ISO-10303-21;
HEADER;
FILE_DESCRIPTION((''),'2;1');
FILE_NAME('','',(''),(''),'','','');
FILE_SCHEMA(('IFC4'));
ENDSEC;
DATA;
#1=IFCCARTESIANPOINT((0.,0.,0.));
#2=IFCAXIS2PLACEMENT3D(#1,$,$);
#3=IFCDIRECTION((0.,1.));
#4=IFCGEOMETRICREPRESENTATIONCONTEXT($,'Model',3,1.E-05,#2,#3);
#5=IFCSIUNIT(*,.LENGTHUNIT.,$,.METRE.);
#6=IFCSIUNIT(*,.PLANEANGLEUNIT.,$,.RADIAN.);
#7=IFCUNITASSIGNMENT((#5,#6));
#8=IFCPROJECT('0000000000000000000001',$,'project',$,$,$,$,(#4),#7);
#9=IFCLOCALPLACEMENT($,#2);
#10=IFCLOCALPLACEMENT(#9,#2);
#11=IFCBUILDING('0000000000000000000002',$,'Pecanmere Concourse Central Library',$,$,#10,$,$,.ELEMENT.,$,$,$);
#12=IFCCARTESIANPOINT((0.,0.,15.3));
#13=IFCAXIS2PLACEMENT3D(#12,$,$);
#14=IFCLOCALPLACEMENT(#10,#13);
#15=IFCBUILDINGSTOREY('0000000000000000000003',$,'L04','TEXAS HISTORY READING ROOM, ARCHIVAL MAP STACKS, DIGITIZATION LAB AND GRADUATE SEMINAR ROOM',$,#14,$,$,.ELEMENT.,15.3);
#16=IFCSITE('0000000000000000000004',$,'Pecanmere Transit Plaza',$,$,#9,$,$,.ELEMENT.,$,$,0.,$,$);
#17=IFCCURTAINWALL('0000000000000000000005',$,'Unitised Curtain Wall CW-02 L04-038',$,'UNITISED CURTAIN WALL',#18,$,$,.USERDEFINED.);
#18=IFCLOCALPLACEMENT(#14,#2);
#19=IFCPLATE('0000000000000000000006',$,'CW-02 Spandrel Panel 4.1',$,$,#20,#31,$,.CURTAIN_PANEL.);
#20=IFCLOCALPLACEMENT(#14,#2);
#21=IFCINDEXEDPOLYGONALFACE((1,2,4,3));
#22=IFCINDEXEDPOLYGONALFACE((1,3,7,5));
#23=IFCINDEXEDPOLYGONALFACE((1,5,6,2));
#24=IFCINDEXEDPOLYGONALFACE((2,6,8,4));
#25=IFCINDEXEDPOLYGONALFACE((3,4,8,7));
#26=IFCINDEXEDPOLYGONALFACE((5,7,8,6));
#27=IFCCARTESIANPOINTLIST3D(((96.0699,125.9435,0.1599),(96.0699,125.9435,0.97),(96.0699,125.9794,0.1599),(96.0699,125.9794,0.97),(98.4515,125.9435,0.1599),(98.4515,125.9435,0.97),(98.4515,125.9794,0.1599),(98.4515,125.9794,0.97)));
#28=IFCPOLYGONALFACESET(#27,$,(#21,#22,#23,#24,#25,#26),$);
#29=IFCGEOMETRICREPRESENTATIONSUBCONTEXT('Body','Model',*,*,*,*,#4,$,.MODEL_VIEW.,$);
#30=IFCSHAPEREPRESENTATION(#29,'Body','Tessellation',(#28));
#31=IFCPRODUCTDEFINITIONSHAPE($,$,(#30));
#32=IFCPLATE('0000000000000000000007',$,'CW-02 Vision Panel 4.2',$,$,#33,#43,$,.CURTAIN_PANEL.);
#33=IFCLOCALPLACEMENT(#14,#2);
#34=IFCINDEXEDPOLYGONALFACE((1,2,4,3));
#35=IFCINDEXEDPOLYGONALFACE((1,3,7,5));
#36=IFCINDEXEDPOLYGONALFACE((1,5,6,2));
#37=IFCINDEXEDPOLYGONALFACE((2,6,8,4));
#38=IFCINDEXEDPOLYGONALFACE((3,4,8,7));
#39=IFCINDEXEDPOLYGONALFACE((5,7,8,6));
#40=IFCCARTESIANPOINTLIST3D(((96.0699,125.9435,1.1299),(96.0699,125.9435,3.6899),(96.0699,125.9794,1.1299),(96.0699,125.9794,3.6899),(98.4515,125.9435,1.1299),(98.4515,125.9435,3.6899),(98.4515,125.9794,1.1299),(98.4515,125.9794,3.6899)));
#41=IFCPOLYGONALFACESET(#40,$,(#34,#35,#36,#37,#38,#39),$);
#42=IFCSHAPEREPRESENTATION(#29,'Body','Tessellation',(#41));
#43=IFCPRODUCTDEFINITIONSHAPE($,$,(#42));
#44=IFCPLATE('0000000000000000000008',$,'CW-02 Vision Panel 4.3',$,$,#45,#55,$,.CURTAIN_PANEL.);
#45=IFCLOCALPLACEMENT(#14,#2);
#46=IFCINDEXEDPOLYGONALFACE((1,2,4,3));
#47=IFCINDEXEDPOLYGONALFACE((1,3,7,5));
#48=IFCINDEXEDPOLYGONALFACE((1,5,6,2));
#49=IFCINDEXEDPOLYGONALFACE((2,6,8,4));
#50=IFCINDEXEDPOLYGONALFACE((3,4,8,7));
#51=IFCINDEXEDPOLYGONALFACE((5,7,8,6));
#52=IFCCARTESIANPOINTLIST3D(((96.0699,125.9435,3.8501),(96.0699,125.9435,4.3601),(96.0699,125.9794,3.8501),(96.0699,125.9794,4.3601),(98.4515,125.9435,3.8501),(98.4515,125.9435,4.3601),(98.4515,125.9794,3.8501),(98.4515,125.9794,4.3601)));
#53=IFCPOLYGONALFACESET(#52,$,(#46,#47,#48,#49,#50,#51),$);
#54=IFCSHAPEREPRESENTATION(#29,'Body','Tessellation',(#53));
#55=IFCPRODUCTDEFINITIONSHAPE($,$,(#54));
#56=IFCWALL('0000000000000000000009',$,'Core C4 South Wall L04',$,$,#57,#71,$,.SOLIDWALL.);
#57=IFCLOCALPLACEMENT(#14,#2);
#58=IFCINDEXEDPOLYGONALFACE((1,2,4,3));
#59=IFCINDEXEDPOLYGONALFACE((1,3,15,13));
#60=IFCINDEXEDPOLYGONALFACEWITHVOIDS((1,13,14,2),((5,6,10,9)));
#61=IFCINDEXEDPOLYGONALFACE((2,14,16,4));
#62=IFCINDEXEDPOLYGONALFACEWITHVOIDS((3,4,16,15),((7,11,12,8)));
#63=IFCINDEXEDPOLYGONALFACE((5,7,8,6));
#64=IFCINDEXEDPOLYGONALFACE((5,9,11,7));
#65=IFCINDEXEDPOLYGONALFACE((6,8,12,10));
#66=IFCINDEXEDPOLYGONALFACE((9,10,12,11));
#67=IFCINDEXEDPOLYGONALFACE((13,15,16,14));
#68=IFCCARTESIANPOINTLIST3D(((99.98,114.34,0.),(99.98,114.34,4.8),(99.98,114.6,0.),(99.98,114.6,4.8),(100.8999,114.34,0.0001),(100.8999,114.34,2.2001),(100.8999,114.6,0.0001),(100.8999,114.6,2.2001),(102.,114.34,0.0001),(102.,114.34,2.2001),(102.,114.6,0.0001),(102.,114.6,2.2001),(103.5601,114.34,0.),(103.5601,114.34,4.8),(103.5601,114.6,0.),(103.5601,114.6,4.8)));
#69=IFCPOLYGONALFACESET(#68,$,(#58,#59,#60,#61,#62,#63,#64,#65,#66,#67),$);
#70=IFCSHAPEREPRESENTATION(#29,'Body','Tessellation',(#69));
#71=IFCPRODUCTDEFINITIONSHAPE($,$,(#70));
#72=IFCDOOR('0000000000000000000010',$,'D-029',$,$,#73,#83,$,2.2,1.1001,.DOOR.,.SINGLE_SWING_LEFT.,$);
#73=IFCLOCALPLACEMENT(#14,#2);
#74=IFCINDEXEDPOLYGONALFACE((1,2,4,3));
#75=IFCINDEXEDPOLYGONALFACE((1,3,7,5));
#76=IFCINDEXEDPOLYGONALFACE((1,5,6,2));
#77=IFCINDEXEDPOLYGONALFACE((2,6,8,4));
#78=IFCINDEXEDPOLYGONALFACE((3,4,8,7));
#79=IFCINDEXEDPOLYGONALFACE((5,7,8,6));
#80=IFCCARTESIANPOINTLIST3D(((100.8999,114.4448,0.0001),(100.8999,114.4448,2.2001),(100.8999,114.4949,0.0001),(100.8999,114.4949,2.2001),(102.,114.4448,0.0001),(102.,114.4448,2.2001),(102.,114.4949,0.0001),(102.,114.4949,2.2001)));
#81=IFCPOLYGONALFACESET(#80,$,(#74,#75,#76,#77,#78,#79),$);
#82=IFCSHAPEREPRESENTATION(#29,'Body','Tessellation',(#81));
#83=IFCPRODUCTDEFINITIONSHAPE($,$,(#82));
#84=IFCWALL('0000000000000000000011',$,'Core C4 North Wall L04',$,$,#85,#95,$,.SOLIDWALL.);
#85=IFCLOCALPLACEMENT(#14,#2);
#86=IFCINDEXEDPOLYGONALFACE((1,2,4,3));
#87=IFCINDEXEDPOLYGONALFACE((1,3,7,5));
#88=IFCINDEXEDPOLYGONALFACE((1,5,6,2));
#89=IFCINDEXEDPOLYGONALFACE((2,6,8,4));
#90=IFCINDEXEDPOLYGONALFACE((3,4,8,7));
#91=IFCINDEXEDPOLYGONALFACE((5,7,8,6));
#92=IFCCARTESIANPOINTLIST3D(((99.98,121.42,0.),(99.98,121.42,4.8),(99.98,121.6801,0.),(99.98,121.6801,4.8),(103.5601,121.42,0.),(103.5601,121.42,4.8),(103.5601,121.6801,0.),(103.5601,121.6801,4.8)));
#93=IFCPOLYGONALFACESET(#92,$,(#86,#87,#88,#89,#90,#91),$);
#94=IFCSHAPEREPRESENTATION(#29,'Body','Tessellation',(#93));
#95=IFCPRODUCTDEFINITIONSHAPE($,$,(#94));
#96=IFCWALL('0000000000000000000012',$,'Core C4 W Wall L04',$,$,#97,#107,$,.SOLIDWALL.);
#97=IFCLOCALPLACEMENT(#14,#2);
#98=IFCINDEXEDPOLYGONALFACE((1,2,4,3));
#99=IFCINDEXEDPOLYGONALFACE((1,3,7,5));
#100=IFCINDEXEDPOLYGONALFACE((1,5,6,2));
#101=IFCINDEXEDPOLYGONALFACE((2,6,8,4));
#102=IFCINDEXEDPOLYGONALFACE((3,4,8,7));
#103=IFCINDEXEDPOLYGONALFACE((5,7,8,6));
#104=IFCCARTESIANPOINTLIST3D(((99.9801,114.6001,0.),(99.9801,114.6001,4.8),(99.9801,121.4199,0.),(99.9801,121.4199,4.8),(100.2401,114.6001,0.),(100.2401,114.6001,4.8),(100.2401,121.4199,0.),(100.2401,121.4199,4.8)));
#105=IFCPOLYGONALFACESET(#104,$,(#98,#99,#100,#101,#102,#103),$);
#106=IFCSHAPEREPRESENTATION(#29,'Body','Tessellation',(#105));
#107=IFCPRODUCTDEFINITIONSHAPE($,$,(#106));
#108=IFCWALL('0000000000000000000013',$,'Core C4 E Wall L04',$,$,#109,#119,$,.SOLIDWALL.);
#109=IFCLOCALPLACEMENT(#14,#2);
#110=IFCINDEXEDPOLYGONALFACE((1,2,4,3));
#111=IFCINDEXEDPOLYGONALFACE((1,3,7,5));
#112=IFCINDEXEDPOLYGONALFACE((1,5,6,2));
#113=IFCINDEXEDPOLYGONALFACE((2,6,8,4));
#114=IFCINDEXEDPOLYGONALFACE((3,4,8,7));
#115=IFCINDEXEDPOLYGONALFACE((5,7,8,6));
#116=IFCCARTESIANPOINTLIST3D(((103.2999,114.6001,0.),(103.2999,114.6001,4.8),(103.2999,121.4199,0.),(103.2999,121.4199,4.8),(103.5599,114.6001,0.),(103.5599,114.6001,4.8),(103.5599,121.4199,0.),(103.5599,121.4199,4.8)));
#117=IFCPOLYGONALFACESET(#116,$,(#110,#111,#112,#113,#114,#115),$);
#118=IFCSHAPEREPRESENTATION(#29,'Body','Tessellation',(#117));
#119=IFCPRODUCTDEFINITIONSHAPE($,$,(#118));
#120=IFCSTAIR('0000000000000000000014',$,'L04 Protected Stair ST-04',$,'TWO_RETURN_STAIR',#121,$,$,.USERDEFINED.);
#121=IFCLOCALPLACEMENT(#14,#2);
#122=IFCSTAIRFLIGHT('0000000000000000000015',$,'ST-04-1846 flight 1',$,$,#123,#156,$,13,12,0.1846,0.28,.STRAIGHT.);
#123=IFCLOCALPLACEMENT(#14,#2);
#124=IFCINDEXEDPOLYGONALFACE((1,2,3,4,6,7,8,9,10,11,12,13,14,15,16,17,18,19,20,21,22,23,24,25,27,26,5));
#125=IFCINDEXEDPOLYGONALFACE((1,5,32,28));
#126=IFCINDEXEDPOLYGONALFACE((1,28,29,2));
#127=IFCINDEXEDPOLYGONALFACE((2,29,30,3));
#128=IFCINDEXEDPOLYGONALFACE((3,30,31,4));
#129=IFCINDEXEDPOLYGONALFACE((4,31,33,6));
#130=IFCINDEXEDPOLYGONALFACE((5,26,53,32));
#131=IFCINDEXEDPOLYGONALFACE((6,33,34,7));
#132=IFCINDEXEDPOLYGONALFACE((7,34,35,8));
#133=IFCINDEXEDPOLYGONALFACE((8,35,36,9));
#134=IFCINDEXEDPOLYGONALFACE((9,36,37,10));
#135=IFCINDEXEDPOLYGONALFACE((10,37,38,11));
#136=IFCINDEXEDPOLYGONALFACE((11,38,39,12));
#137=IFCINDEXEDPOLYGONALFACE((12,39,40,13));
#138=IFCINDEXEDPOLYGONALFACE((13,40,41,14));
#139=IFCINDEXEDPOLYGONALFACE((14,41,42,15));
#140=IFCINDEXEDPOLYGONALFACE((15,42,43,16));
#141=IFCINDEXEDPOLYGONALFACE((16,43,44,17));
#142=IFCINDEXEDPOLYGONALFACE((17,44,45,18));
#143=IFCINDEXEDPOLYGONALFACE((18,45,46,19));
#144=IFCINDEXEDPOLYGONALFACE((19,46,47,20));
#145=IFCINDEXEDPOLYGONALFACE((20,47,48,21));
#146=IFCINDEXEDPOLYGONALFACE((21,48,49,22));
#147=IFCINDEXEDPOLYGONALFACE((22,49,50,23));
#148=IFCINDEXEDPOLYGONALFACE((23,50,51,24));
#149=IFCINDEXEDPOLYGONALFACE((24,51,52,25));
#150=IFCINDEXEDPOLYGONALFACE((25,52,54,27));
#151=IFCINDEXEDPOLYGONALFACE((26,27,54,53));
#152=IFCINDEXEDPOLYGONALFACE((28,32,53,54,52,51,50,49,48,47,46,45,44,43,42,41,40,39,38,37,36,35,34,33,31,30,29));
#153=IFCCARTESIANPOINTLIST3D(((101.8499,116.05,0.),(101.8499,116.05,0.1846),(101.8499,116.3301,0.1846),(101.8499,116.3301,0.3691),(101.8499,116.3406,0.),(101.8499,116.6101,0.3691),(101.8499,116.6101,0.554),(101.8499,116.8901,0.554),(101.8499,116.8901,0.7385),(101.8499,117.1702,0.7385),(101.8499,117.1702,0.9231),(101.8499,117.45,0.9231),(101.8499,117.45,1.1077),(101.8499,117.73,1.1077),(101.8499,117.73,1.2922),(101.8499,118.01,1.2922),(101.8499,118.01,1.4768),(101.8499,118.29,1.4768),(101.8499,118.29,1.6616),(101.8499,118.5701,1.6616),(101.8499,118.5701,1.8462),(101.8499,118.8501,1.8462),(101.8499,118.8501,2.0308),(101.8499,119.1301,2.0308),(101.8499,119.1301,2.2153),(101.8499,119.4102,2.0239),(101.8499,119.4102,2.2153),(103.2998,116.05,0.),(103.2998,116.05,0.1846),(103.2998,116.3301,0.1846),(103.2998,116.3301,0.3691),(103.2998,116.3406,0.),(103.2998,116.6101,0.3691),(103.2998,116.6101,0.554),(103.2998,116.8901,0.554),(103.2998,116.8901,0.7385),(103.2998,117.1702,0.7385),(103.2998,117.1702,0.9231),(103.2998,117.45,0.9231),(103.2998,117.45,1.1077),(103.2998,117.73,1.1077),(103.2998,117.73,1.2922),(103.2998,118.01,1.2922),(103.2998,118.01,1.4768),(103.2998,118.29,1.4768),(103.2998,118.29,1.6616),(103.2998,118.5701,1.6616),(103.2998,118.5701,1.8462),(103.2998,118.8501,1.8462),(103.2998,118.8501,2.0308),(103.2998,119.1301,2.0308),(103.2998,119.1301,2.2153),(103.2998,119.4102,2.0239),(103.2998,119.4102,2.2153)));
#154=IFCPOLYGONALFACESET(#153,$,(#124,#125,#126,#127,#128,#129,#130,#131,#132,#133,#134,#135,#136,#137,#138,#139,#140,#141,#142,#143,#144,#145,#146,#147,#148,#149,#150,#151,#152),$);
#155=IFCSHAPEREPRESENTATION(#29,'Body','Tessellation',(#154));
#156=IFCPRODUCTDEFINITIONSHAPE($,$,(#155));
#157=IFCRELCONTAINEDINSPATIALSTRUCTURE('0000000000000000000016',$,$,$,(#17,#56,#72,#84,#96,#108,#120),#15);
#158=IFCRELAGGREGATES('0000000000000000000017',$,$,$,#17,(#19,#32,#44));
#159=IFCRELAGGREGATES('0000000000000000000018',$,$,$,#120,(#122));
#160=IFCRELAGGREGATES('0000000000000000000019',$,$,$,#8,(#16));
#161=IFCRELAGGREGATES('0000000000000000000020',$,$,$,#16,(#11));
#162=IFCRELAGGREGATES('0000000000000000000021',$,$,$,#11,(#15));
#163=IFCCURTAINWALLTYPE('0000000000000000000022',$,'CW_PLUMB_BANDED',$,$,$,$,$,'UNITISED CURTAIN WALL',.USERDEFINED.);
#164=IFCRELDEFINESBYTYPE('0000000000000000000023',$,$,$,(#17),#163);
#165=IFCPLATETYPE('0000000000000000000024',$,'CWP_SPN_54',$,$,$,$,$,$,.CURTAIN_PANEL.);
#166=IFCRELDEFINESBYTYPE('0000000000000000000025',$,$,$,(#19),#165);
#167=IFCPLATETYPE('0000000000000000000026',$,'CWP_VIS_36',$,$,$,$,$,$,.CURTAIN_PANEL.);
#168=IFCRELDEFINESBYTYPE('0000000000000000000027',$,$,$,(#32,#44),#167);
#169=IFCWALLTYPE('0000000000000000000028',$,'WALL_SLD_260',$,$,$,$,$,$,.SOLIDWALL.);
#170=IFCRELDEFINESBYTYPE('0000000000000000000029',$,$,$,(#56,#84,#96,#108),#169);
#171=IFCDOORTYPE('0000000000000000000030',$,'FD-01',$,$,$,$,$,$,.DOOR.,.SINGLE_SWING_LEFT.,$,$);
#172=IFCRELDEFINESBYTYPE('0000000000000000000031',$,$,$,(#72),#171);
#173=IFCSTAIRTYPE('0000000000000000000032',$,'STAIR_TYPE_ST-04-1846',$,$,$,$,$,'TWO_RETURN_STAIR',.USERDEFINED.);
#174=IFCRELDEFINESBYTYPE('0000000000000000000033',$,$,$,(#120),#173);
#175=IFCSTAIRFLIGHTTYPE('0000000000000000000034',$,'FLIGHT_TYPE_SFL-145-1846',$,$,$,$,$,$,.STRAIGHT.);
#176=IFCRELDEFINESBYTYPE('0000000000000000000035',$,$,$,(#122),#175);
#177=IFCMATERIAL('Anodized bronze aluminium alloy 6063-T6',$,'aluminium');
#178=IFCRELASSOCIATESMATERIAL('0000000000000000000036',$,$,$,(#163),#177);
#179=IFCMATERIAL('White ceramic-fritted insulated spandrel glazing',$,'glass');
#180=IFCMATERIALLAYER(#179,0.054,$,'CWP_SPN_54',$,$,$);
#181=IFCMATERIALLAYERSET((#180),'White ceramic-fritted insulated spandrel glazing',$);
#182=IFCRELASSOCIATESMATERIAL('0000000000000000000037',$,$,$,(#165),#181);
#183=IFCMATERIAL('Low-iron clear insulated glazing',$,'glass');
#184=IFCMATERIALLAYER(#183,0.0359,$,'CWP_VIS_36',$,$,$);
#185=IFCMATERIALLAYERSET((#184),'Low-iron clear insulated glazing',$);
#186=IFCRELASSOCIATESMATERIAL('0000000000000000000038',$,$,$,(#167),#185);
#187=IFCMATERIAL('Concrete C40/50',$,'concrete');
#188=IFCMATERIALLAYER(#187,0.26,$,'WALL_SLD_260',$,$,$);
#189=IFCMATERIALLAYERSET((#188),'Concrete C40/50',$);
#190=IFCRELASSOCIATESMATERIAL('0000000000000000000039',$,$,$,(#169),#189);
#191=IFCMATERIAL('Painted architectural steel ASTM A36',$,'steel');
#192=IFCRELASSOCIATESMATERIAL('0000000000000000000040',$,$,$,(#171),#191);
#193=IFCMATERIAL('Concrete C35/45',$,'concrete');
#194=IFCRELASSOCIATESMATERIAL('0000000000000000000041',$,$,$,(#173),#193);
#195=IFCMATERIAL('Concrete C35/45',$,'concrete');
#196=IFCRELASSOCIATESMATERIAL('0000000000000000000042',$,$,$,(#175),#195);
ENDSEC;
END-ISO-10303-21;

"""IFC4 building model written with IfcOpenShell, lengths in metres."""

from ifc_helpers import new_model, si_unit, direction, frame, frame_2d, origin, origin_2d, place, context, subcontext, project, spatial, polyline, rectangle, outline, extrude, material, layer, layer_set, type_object, element, fill, aggregate, save


model = new_model("IFC4")

# Units and contexts
model_context = context("Model", 3, precision=1e-05, world=origin(), true_north=direction((0.0, 1.0)))
body_context = subcontext(model_context, "Body", "Model", "MODEL_VIEW")
ifc_project = project(units=[si_unit("LENGTHUNIT", "METRE"), si_unit("PLANEANGLEUNIT", "RADIAN")], contexts=[model_context])

# Site, building, storey
site_placement = place(None, origin())
site = spatial("IfcSite", under=ifc_project, at=site_placement, Name="Pecanmere Transit Plaza", CompositionType="ELEMENT", RefElevation=0.0)
building_placement = place(site_placement, origin())
building = spatial("IfcBuilding", under=site, at=building_placement, Name="Pecanmere Concourse Central Library", CompositionType="ELEMENT")
storey_placement = place(building_placement, frame((0.0, 0.0, 15.3)))
storey = spatial("IfcBuildingStorey", under=building, at=storey_placement, Name="L04", Description="TEXAS HISTORY READING ROOM, ARCHIVAL MAP STACKS, DIGITIZATION LAB AND GRADUATE SEMINAR ROOM", CompositionType="ELEMENT", Elevation=15.3)

# Curtain wall
ifc_material_1 = material(Name="Anodized bronze aluminium alloy 6063-T6", Category="aluminium")
curtain_wall_type = type_object("IfcCurtainWallType", Name="CW_PLUMB_BANDED", ElementType="UNITISED CURTAIN WALL", PredefinedType="USERDEFINED", material=ifc_material_1)
curtain_wall_placement = place(storey_placement, origin())
curtain_wall = element("IfcCurtainWall", 1, at=curtain_wall_placement, inside=storey, type_object=curtain_wall_type, Name="Unitised Curtain Wall CW-02 L04-038", ObjectType="UNITISED CURTAIN WALL", PredefinedType="USERDEFINED")

# Plates
ifc_material_2 = material(Name="White ceramic-fritted insulated spandrel glazing", Category="glass")
ifc_layer_1 = layer(ifc_material_2, 0.054, Name="CWP_SPN_54")
ifc_layer_set_1 = layer_set([ifc_layer_1], Name="White ceramic-fritted insulated spandrel glazing")
plate_type_1 = type_object("IfcPlateType", Name="CWP_SPN_54", PredefinedType="CURTAIN_PANEL", material=ifc_layer_set_1)
plate_1_placement = place(storey_placement, frame((97.2607, 125.9614, 0.1599), z_axis=(0.0, 0.0, 1.0), x_axis=(-1.0, 0.0, 0.0)))
plate_1 = element("IfcPlate", 2, at=plate_1_placement, type_object=plate_type_1, Name="CW-02 Spandrel Panel 4.1", PredefinedType="CURTAIN_PANEL", context=body_context, shape_type="SweptSolid", body=[
    extrude(rectangle(XDim=2.3816, YDim=0.0359, at=origin_2d()), origin(), (0.0, 0.0, 1.0), 0.8101),
])
ifc_material_3 = material(Name="Low-iron clear insulated glazing", Category="glass")
ifc_layer_2 = layer(ifc_material_3, 0.0359, Name="CWP_VIS_36")
ifc_layer_set_2 = layer_set([ifc_layer_2], Name="Low-iron clear insulated glazing")
plate_type_2 = type_object("IfcPlateType", Name="CWP_VIS_36", PredefinedType="CURTAIN_PANEL", material=ifc_layer_set_2)
plate_2_placement = place(storey_placement, frame((97.2607, 125.9614, 1.1299), z_axis=(0.0, 0.0, 1.0), x_axis=(-1.0, 0.0, 0.0)))
plate_2 = element("IfcPlate", 3, at=plate_2_placement, type_object=plate_type_2, Name="CW-02 Vision Panel 4.2", PredefinedType="CURTAIN_PANEL", context=body_context, shape_type="SweptSolid", body=[
    extrude(rectangle(XDim=2.3816, YDim=0.0359, at=origin_2d()), origin(), (0.0, 0.0, 1.0), 2.5601),
])
plate_3_placement = place(storey_placement, frame((97.2607, 125.9614, 3.8501), z_axis=(0.0, 0.0, 1.0), x_axis=(-1.0, 0.0, 0.0)))
plate_3 = element("IfcPlate", 4, at=plate_3_placement, type_object=plate_type_2, Name="CW-02 Vision Panel 4.3", PredefinedType="CURTAIN_PANEL", context=body_context, shape_type="SweptSolid", body=[
    extrude(rectangle(XDim=2.3816, YDim=0.0359, at=origin_2d()), origin(), (0.0, 0.0, 1.0), 0.51),
])
aggregate(curtain_wall, [plate_1, plate_2, plate_3])

# Wall, opening, door
ifc_material_4 = material(Name="Concrete C40/50", Category="concrete")
ifc_layer_3 = layer(ifc_material_4, 0.26, Name="WALL_SLD_260")
ifc_layer_set_3 = layer_set([ifc_layer_3], Name="Concrete C40/50")
wall_type = type_object("IfcWallType", Name="WALL_SLD_260", PredefinedType="SOLIDWALL", material=ifc_layer_set_3)
wall_1_placement = place(storey_placement, frame((99.98, 114.47, 0.0), z_axis=(0.0, 0.0, 1.0), x_axis=(1.0, 0.0, 0.0)))
wall_1 = element("IfcWall", 5, at=wall_1_placement, inside=storey, type_object=wall_type, Name="Core C4 South Wall L04", PredefinedType="SOLIDWALL", context=body_context, shape_type="SweptSolid", body=[
    extrude(rectangle(XDim=3.5801, YDim=0.26, at=frame_2d((1.79, 0.0))), origin(), (0.0, 0.0, 1.0), 4.8),
])
opening_placement = place(wall_1_placement, frame((0.9199, 0.0, 0.0)))
opening = element("IfcOpeningElement", 6, at=opening_placement, cuts=wall_1, PredefinedType="OPENING", context=body_context, shape_type="SweptSolid", body=[
    extrude(rectangle(XDim=1.1001, YDim=2.2, at=frame_2d((0.55, 1.1001))), frame((0.0, 0.1421, 0.0), z_axis=(0.0, -1.0, 0.0), x_axis=(1.0, 0.0, 0.0)), (0.0, 0.0, 1.0), 0.2839),
])
ifc_material_5 = material(Name="Painted architectural steel ASTM A36", Category="steel")
door_type = type_object("IfcDoorType", Name="FD-01", OperationType="SINGLE_SWING_LEFT", PredefinedType="DOOR", material=ifc_material_5)
door_placement = place(opening_placement, origin())
door = element("IfcDoor", 7, at=door_placement, inside=storey, type_object=door_type, Name="D-029", OperationType="SINGLE_SWING_LEFT", OverallHeight=2.2, OverallWidth=1.1001, PredefinedType="DOOR", context=body_context, shape_type="SweptSolid", body=[
    extrude(rectangle(XDim=1.1001, YDim=2.2, at=frame_2d((0.55, 1.1001))), frame((0.0, 0.0249, 0.0), z_axis=(0.0, -1.0, 0.0), x_axis=(1.0, 0.0, 0.0)), (0.0, 0.0, 1.0), 0.05),
])
fill(opening, door)

# Walls
wall_2_placement = place(storey_placement, frame((99.98, 121.55, 0.0), z_axis=(0.0, 0.0, 1.0), x_axis=(1.0, 0.0, 0.0)))
element("IfcWall", 8, at=wall_2_placement, inside=storey, type_object=wall_type, Name="Core C4 North Wall L04", PredefinedType="SOLIDWALL", context=body_context, shape_type="SweptSolid", body=[
    extrude(rectangle(XDim=3.5801, YDim=0.26, at=frame_2d((1.79, 0.0))), origin(), (0.0, 0.0, 1.0), 4.8),
])
for number, where, z_axis, x_axis, name in (
    (9, (100.1101, 114.6001, 0.0), (0.0, 0.0, 1.0), (0.0, 1.0, 0.0), "Core C4 W Wall L04"),
    (10, (103.4299, 114.6001, 0.0), (0.0, 0.0, 1.0), (0.0, 1.0, 0.0), "Core C4 E Wall L04"),
):
    element("IfcWall", number, at=place(storey_placement, frame(where, z_axis=z_axis, x_axis=x_axis)), inside=storey, type_object=wall_type, Name=name, PredefinedType="SOLIDWALL", context=body_context, shape_type="SweptSolid", body=[
        extrude(rectangle(XDim=6.8198, YDim=0.26, at=frame_2d((3.4099, 0.0))), origin(), (0.0, 0.0, 1.0), 4.8),
    ])

# Stair, stair flight
ifc_material_6 = material(Name="Concrete C35/45", Category="concrete")
stair_type = type_object("IfcStairType", Name="STAIR_TYPE_ST-04-1846", ElementType="TWO_RETURN_STAIR", PredefinedType="USERDEFINED", material=ifc_material_6)
stair_placement = place(storey_placement, origin())
stair = element("IfcStair", 11, at=stair_placement, inside=storey, type_object=stair_type, Name="L04 Protected Stair ST-04", ObjectType="TWO_RETURN_STAIR", PredefinedType="USERDEFINED")
ifc_material_7 = material(Name="Concrete C35/45", Category="concrete")
stair_flight_type = type_object("IfcStairFlightType", Name="FLIGHT_TYPE_SFL-145-1846", PredefinedType="STRAIGHT", material=ifc_material_7)
stair_flight_1_placement = place(storey_placement, frame((102.575, 116.05, 0.0), z_axis=(0.0, 0.0, 1.0), x_axis=(0.0, 1.0, 0.0)))
stair_flight_1 = element("IfcStairFlight", 12, at=stair_flight_1_placement, type_object=stair_flight_type, Name="ST-04-1846 flight 1", NumberOfRisers=13, NumberOfTreads=12, PredefinedType="STRAIGHT", RiserHeight=0.1846, TreadLength=0.28, context=body_context, shape_type="SweptSolid", body=[
    extrude(outline(polyline([(0.0, 0.0), (0.0, 0.1846), (0.28, 0.1846), (0.28, 0.3691), (0.5601, 0.3691), (0.5601, 0.554), (0.8401, 0.554), (0.8401, 0.7385), (1.1201, 0.7385), (1.1201, 0.9231), (1.3999, 0.9231), (1.3999, 1.1077), (1.6799, 1.1077), (1.6799, 1.2922), (1.96, 1.2922), (1.96, 1.4768), (2.24, 1.4768), (2.24, 1.6616), (2.52, 1.6616), (2.52, 1.8462), (2.8, 1.8462), (2.8, 2.0308), (3.0801, 2.0308), (3.0801, 2.2153), (3.3601, 2.2153), (3.3601, 2.3999), (3.3601, 2.0239), (0.2905, 0.0), (0.0, 0.0)])), frame((0.0, 0.7251, 0.0), z_axis=(0.0, -1.0, 0.0), x_axis=(1.0, 0.0, 0.0)), (0.0, 0.0, 1.0), 1.45),
])
aggregate(stair, [stair_flight_1])

save(model, "model.ifc")
